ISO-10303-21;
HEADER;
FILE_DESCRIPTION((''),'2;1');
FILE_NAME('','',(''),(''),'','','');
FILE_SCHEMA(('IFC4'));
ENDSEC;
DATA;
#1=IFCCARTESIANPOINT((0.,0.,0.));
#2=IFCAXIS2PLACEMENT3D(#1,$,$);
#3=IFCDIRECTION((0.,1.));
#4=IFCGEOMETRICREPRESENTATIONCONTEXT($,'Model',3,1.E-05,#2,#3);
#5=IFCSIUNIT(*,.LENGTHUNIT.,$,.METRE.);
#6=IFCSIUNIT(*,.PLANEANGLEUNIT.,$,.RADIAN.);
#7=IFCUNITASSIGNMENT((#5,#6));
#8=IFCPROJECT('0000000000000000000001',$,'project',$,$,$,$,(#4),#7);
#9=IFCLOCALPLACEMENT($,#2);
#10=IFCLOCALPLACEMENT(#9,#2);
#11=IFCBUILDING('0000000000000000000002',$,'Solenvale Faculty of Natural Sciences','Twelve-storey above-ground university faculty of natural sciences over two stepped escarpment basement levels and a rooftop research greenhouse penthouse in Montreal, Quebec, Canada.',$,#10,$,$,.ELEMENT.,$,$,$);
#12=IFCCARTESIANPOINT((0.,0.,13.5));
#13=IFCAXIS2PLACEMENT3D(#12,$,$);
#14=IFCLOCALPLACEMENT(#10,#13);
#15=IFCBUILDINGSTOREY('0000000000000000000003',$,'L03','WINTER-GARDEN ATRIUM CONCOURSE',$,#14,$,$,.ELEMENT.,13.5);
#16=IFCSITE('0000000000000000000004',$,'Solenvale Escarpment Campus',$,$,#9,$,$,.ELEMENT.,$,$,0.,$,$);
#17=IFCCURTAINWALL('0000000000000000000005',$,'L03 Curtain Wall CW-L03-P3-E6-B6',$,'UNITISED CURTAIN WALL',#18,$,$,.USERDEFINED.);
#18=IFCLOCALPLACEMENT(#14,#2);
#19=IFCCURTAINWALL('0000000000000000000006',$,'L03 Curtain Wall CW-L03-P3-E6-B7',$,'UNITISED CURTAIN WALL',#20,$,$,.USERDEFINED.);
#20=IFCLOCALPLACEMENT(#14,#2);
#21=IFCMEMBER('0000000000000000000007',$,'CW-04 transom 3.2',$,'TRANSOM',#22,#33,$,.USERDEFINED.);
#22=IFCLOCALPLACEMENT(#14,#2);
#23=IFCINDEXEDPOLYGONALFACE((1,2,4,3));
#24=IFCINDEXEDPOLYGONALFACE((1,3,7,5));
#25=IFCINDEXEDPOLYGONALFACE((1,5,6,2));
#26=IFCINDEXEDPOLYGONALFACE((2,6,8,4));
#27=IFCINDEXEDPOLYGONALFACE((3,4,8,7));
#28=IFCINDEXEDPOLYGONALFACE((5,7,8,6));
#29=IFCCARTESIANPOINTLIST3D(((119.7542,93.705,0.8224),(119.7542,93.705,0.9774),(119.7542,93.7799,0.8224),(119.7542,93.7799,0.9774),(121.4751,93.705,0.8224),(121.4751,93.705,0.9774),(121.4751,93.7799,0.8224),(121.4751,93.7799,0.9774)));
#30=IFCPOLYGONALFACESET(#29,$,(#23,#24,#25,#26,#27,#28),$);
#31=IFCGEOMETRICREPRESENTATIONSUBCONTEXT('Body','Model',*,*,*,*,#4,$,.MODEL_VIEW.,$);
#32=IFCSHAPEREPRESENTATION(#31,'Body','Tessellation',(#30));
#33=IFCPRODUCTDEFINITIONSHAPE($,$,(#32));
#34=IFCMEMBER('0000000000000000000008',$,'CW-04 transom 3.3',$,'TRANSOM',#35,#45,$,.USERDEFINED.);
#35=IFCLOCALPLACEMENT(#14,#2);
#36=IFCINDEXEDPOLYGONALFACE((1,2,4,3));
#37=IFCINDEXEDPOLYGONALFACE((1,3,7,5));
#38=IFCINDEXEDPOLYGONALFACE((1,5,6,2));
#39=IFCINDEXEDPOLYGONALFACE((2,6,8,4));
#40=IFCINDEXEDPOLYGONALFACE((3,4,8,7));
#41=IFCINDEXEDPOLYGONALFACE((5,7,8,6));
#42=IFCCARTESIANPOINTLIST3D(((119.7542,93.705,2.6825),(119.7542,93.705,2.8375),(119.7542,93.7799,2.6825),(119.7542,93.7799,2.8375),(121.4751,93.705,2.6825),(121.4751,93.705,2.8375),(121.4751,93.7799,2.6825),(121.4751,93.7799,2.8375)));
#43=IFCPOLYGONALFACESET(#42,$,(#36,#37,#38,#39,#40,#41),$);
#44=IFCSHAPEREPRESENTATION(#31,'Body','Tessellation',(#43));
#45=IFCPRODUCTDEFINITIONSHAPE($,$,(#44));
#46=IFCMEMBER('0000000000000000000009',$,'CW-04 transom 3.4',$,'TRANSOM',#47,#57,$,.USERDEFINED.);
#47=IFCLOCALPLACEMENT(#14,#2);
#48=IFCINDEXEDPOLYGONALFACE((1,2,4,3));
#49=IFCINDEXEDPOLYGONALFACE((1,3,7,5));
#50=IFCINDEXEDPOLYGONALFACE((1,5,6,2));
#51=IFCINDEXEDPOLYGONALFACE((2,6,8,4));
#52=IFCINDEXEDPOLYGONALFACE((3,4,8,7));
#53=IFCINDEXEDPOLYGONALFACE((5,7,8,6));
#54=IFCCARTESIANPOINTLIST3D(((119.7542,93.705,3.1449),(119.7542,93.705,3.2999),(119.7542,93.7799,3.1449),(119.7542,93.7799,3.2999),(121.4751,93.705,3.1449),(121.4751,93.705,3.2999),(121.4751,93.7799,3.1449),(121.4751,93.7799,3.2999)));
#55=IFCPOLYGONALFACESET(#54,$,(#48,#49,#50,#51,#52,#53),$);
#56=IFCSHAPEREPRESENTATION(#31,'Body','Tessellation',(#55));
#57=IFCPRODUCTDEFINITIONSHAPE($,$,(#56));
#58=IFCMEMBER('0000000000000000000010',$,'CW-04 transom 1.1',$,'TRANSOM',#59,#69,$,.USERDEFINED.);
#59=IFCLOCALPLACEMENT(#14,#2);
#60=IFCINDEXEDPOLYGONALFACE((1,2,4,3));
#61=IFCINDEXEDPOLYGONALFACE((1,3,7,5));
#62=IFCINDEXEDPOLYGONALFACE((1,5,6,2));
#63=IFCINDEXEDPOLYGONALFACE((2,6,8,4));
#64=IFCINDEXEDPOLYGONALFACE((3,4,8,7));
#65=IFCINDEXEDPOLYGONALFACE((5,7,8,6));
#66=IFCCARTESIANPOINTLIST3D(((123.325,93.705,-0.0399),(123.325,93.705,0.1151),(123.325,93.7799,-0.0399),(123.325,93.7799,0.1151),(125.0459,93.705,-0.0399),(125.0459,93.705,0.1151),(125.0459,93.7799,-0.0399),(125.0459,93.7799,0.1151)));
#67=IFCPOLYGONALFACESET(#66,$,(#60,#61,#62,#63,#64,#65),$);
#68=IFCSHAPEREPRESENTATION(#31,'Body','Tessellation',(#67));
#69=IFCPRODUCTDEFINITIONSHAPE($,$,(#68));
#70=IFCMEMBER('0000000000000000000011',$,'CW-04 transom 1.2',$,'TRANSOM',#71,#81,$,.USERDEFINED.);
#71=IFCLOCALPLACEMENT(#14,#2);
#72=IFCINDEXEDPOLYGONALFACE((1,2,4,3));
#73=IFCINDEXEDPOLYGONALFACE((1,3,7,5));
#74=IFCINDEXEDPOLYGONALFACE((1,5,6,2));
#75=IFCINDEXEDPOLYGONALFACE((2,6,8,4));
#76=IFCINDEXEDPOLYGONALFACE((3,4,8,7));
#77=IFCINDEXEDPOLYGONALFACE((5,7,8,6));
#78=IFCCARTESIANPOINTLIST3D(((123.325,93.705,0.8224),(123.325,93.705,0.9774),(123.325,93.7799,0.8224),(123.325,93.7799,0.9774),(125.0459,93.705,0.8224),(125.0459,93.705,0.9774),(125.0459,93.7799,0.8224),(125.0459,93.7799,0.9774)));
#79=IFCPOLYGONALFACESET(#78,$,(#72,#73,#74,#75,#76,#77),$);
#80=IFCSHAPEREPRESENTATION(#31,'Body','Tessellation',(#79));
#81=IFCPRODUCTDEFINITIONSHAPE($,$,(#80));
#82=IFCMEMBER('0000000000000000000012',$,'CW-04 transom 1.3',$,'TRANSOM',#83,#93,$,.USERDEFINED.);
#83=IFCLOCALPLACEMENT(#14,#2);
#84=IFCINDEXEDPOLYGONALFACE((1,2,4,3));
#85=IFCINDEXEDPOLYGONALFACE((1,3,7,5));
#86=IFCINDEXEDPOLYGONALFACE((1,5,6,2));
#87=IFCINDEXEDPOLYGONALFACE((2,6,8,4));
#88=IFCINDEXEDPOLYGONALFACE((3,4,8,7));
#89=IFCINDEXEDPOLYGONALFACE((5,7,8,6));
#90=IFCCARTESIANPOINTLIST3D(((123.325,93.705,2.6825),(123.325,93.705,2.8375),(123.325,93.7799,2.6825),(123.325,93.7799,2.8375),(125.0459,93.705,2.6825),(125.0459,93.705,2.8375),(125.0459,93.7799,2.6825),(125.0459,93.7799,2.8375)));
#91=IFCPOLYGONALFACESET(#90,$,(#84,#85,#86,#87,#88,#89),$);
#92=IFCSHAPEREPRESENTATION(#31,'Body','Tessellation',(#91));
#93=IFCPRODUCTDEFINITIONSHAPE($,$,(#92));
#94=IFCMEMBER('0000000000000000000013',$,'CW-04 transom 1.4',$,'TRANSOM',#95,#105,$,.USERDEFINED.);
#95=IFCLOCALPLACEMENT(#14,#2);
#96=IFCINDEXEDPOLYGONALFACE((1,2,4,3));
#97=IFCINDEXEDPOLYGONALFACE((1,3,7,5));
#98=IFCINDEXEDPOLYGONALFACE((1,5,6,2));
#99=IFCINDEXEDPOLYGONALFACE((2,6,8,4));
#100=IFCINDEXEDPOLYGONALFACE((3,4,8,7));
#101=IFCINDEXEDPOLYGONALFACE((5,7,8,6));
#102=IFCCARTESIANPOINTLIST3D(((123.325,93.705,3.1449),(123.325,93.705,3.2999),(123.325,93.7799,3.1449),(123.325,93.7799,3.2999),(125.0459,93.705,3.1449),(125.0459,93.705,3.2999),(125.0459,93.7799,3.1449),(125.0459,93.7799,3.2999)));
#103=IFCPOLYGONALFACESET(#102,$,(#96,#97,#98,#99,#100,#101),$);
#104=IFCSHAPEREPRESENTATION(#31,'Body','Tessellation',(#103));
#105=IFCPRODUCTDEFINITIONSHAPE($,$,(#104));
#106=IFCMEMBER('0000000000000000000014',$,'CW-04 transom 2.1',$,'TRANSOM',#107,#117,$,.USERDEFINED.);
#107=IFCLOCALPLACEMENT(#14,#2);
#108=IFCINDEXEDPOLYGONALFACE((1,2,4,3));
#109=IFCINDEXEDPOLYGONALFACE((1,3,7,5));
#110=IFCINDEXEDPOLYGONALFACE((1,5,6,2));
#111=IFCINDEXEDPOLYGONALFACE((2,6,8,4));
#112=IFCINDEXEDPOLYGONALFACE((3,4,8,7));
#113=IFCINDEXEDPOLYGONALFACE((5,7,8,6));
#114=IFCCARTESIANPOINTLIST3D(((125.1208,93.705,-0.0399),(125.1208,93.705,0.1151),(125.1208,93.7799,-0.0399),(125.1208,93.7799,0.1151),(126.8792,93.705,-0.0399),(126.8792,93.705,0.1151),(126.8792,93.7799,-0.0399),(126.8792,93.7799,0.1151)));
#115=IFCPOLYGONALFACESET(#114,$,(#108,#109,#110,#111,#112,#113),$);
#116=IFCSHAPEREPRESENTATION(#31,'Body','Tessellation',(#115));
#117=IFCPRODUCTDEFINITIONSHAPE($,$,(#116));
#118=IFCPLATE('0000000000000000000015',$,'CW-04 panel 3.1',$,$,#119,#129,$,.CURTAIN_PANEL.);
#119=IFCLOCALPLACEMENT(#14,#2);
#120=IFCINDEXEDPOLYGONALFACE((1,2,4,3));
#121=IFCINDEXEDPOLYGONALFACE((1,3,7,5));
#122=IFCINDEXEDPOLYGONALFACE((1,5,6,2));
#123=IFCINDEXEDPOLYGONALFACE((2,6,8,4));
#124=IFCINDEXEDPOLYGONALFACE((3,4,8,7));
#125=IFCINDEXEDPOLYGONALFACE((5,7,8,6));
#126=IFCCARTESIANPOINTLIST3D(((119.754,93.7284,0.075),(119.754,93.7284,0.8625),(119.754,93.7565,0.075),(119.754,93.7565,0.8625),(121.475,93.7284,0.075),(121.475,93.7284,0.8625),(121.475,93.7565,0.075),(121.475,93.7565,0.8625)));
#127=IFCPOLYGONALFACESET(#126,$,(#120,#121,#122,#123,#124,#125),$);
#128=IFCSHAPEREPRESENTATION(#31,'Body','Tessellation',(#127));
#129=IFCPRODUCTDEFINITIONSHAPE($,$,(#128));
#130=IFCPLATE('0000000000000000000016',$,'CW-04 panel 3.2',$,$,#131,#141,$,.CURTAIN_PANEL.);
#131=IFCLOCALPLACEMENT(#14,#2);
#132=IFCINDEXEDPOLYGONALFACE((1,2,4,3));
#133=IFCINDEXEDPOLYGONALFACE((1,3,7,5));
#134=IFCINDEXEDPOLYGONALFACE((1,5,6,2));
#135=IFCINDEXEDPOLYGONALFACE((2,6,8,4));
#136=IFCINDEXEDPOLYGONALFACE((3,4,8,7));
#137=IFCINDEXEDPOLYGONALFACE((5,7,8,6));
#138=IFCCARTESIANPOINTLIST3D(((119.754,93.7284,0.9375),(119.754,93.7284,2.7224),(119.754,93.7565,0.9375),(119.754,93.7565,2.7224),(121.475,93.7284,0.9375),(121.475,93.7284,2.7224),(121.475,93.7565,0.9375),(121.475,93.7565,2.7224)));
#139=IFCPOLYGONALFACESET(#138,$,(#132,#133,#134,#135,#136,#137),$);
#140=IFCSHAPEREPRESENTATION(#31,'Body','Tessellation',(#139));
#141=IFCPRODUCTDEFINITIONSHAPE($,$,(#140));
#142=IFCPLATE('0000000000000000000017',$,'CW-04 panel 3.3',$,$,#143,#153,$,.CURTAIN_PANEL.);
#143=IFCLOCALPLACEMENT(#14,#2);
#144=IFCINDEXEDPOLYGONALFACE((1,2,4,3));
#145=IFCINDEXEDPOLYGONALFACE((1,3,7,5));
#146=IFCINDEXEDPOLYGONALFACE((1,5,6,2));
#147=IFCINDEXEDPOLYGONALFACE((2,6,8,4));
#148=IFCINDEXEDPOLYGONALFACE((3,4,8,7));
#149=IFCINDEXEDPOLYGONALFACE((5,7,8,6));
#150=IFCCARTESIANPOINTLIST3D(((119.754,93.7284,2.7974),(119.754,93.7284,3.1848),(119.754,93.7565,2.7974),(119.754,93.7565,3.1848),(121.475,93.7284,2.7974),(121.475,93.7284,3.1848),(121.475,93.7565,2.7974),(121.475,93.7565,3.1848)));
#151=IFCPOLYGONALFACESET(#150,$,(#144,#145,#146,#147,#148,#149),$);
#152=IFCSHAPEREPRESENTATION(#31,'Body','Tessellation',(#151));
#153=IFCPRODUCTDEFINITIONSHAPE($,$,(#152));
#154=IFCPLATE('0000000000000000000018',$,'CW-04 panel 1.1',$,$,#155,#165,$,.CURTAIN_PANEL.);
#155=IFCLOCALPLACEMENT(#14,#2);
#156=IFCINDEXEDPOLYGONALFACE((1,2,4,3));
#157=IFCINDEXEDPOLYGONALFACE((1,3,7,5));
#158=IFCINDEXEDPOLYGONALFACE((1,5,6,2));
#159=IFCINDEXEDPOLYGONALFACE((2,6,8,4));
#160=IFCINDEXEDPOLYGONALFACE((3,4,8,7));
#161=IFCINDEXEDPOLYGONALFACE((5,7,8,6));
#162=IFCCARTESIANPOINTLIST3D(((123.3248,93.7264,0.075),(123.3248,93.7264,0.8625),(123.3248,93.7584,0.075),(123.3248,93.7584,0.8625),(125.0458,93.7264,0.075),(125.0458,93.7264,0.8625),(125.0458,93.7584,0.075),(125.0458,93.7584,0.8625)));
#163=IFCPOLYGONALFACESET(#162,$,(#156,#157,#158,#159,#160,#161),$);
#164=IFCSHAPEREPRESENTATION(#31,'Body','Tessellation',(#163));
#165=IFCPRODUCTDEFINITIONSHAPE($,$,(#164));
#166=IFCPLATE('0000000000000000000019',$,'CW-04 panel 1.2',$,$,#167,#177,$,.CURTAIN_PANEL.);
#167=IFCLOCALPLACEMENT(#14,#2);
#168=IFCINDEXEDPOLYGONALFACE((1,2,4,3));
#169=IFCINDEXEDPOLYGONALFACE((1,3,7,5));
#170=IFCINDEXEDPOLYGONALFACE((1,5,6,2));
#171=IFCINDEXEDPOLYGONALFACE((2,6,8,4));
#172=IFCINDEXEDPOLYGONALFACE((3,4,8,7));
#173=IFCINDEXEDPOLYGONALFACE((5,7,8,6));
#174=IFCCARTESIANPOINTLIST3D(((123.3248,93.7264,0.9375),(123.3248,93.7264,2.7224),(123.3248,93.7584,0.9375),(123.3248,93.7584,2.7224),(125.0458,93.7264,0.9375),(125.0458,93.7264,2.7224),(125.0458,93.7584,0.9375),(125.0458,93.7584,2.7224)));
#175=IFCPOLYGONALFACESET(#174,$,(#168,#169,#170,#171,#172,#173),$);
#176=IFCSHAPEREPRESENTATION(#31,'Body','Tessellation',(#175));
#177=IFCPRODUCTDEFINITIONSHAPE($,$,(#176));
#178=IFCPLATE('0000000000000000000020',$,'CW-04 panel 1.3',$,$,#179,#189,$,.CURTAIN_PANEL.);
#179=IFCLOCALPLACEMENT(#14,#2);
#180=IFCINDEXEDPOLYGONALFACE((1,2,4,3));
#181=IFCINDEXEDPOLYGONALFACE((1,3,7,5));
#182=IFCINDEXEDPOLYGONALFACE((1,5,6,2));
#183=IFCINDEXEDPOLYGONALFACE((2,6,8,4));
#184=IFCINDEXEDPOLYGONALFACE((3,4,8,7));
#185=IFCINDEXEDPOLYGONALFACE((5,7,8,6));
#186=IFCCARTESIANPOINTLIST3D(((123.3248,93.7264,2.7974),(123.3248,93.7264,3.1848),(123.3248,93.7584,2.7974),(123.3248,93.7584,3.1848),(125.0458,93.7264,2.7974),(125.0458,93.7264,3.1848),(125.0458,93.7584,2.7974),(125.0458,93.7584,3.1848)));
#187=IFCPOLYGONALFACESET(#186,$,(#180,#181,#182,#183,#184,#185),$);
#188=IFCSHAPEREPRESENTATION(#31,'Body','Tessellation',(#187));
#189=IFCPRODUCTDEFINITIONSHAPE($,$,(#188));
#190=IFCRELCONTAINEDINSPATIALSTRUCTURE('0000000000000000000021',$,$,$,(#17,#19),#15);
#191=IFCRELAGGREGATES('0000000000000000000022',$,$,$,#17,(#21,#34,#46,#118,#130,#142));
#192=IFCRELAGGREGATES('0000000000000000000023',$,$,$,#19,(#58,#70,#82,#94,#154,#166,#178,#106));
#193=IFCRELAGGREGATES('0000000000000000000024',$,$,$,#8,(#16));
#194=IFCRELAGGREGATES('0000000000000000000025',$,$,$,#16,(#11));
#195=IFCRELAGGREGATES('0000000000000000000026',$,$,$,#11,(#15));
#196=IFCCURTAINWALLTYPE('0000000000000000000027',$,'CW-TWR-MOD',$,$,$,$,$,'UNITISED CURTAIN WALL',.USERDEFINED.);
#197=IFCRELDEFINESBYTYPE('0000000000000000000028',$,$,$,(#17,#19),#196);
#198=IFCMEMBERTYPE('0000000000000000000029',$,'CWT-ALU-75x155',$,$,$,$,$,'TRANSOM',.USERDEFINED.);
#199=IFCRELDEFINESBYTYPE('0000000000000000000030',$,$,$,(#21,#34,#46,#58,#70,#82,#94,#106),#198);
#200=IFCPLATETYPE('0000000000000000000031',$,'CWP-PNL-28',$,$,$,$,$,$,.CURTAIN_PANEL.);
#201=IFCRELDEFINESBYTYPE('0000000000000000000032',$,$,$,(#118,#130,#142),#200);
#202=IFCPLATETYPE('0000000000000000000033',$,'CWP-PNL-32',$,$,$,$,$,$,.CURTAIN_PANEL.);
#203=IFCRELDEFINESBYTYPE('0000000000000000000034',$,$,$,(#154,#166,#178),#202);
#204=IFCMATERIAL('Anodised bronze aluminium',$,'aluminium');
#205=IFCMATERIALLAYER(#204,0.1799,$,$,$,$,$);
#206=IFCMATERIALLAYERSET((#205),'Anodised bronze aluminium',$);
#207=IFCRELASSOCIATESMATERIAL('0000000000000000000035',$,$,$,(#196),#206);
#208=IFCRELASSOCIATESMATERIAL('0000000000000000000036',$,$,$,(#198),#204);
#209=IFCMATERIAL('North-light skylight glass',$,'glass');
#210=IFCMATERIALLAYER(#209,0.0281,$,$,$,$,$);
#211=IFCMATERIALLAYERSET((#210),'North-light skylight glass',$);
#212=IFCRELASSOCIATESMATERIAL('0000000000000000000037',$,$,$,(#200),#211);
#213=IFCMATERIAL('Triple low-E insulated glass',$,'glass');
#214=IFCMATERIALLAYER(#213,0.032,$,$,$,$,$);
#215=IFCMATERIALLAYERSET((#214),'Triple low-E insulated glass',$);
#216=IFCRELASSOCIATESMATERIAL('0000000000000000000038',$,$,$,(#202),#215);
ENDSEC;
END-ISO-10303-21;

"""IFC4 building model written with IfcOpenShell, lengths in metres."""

from ifc_helpers import new_model, si_unit, direction, frame, origin, origin_2d, place, context, subcontext, project, spatial, rectangle, extrude, material, layer, layer_set, material_profile, profile_set, type_object, element, aggregate, save


model = new_model("IFC4")

# Units and contexts
model_context = context("Model", 3, precision=1e-05, world=origin(), true_north=direction((0.0, 1.0)))
body_context = subcontext(model_context, "Body", "Model", "MODEL_VIEW")
ifc_project = project(units=[si_unit("LENGTHUNIT", "METRE"), si_unit("PLANEANGLEUNIT", "RADIAN")], contexts=[model_context])

# Site, building, storey
site_placement = place(None, origin())
site = spatial("IfcSite", under=ifc_project, at=site_placement, Name="Solenvale Escarpment Campus", CompositionType="ELEMENT", RefElevation=0.0)
building_placement = place(site_placement, origin())
building = spatial("IfcBuilding", under=site, at=building_placement, Name="Solenvale Faculty of Natural Sciences", Description="Twelve-storey above-ground university faculty of natural sciences over two stepped escarpment basement levels and a rooftop research greenhouse penthouse in Montreal, Quebec, Canada.", CompositionType="ELEMENT")
storey_placement = place(building_placement, frame((0.0, 0.0, 13.5)))
storey = spatial("IfcBuildingStorey", under=building, at=storey_placement, Name="L03", Description="WINTER-GARDEN ATRIUM CONCOURSE", CompositionType="ELEMENT", Elevation=13.5)

# Curtain wall
ifc_material_1 = material(Name="Anodised bronze aluminium", Category="aluminium")
ifc_layer_1 = layer(ifc_material_1, 0.1799)
ifc_layer_set_1 = layer_set([ifc_layer_1], Name="Anodised bronze aluminium")
curtain_wall_type = type_object("IfcCurtainWallType", Name="CW-TWR-MOD", ElementType="UNITISED CURTAIN WALL", PredefinedType="USERDEFINED", material=ifc_layer_set_1)
curtain_wall_1_placement = place(storey_placement, origin())
curtain_wall_1 = element("IfcCurtainWall", 1, at=curtain_wall_1_placement, inside=storey, type_object=curtain_wall_type, Name="L03 Curtain Wall CW-L03-P3-E6-B6", ObjectType="UNITISED CURTAIN WALL", PredefinedType="USERDEFINED")

# Curtain wall
curtain_wall_2_placement = place(storey_placement, origin())
curtain_wall_2 = element("IfcCurtainWall", 2, at=curtain_wall_2_placement, inside=storey, type_object=curtain_wall_type, Name="L03 Curtain Wall CW-L03-P3-E6-B7", ObjectType="UNITISED CURTAIN WALL", PredefinedType="USERDEFINED")

# Members
ifc_material_profile_1 = material_profile(ifc_material_1, rectangle(XDim=0.075, YDim=0.155, at=origin_2d()), Name="ALU-TRN-75x155")
ifc_profile_set_1 = profile_set([ifc_material_profile_1], Name="Anodised bronze aluminium")
member_type_1 = type_object("IfcMemberType", Name="CWT-ALU-75x155", ElementType="TRANSOM", PredefinedType="USERDEFINED", material=ifc_profile_set_1)
member_1_placement = place(storey_placement, frame((119.7542, 93.7424, 0.8999), z_axis=(1.0, 0.0, 0.0), x_axis=(0.0, 1.0, 0.0)))
member_1 = element("IfcMember", 3, at=member_1_placement, type_object=member_type_1, Name="CW-04 transom 3.2", ObjectType="TRANSOM", PredefinedType="USERDEFINED", context=body_context, shape_type="SweptSolid", body=[
    extrude(rectangle(XDim=0.075, YDim=0.155, at=origin_2d()), origin(), (0.0, 0.0, 1.0), 1.7209),
])
member_2_placement = place(storey_placement, frame((119.7542, 93.7424, 2.76), z_axis=(1.0, 0.0, 0.0), x_axis=(0.0, 1.0, 0.0)))
member_2 = element("IfcMember", 4, at=member_2_placement, type_object=member_type_1, Name="CW-04 transom 3.3", ObjectType="TRANSOM", PredefinedType="USERDEFINED", context=body_context, shape_type="SweptSolid", body=[
    extrude(rectangle(XDim=0.075, YDim=0.155, at=origin_2d()), origin(), (0.0, 0.0, 1.0), 1.7209),
])
member_3_placement = place(storey_placement, frame((119.7542, 93.7424, 3.2224), z_axis=(1.0, 0.0, 0.0), x_axis=(0.0, 1.0, 0.0)))
member_3 = element("IfcMember", 5, at=member_3_placement, type_object=member_type_1, Name="CW-04 transom 3.4", ObjectType="TRANSOM", PredefinedType="USERDEFINED", context=body_context, shape_type="SweptSolid", body=[
    extrude(rectangle(XDim=0.075, YDim=0.155, at=origin_2d()), origin(), (0.0, 0.0, 1.0), 1.7209),
])
member_4_placement = place(storey_placement, frame((123.325, 93.7424, 0.0376), z_axis=(1.0, 0.0, 0.0), x_axis=(0.0, 1.0, 0.0)))
member_4 = element("IfcMember", 6, at=member_4_placement, type_object=member_type_1, Name="CW-04 transom 1.1", ObjectType="TRANSOM", PredefinedType="USERDEFINED", context=body_context, shape_type="SweptSolid", body=[
    extrude(rectangle(XDim=0.075, YDim=0.155, at=origin_2d()), origin(), (0.0, 0.0, 1.0), 1.7209),
])
member_5_placement = place(storey_placement, frame((123.325, 93.7424, 0.8999), z_axis=(1.0, 0.0, 0.0), x_axis=(0.0, 1.0, 0.0)))
member_5 = element("IfcMember", 7, at=member_5_placement, type_object=member_type_1, Name="CW-04 transom 1.2", ObjectType="TRANSOM", PredefinedType="USERDEFINED", context=body_context, shape_type="SweptSolid", body=[
    extrude(rectangle(XDim=0.075, YDim=0.155, at=origin_2d()), origin(), (0.0, 0.0, 1.0), 1.7209),
])
member_6_placement = place(storey_placement, frame((123.325, 93.7424, 2.76), z_axis=(1.0, 0.0, 0.0), x_axis=(0.0, 1.0, 0.0)))
member_6 = element("IfcMember", 8, at=member_6_placement, type_object=member_type_1, Name="CW-04 transom 1.3", ObjectType="TRANSOM", PredefinedType="USERDEFINED", context=body_context, shape_type="SweptSolid", body=[
    extrude(rectangle(XDim=0.075, YDim=0.155, at=origin_2d()), origin(), (0.0, 0.0, 1.0), 1.7209),
])
member_7_placement = place(storey_placement, frame((123.325, 93.7424, 3.2224), z_axis=(1.0, 0.0, 0.0), x_axis=(0.0, 1.0, 0.0)))
member_7 = element("IfcMember", 9, at=member_7_placement, type_object=member_type_1, Name="CW-04 transom 1.4", ObjectType="TRANSOM", PredefinedType="USERDEFINED", context=body_context, shape_type="SweptSolid", body=[
    extrude(rectangle(XDim=0.075, YDim=0.155, at=origin_2d()), origin(), (0.0, 0.0, 1.0), 1.7209),
])
member_8_placement = place(storey_placement, frame((125.1208, 93.7424, 0.0376), z_axis=(1.0, 0.0, 0.0), x_axis=(0.0, 1.0, 0.0)))
member_8 = element("IfcMember", 10, at=member_8_placement, type_object=member_type_1, Name="CW-04 transom 2.1", ObjectType="TRANSOM", PredefinedType="USERDEFINED", context=body_context, shape_type="SweptSolid", body=[
    extrude(rectangle(XDim=0.075, YDim=0.155, at=origin_2d()), origin(), (0.0, 0.0, 1.0), 1.7583),
])

# Plates
ifc_material_2 = material(Name="North-light skylight glass", Category="glass")
ifc_layer_2 = layer(ifc_material_2, 0.0281)
ifc_layer_set_2 = layer_set([ifc_layer_2], Name="North-light skylight glass")
plate_type_1 = type_object("IfcPlateType", Name="CWP-PNL-28", PredefinedType="CURTAIN_PANEL", material=ifc_layer_set_2)
plate_1_placement = place(storey_placement, frame((120.6145, 93.7424, 0.075), z_axis=(0.0, 0.0, 1.0), x_axis=(1.0, 0.0, 0.0)))
plate_1 = element("IfcPlate", 11, at=plate_1_placement, type_object=plate_type_1, Name="CW-04 panel 3.1", PredefinedType="CURTAIN_PANEL", context=body_context, shape_type="SweptSolid", body=[
    extrude(rectangle(XDim=1.7209, YDim=0.0281, at=origin_2d()), origin(), (0.0, 0.0, 1.0), 0.7876),
])
plate_2_placement = place(storey_placement, frame((120.6145, 93.7424, 0.9375), z_axis=(0.0, 0.0, 1.0), x_axis=(1.0, 0.0, 0.0)))
plate_2 = element("IfcPlate", 12, at=plate_2_placement, type_object=plate_type_1, Name="CW-04 panel 3.2", PredefinedType="CURTAIN_PANEL", context=body_context, shape_type="SweptSolid", body=[
    extrude(rectangle(XDim=1.7209, YDim=0.0281, at=origin_2d()), origin(), (0.0, 0.0, 1.0), 1.7849),
])
plate_3_placement = place(storey_placement, frame((120.6145, 93.7424, 2.7974), z_axis=(0.0, 0.0, 1.0), x_axis=(1.0, 0.0, 0.0)))
plate_3 = element("IfcPlate", 13, at=plate_3_placement, type_object=plate_type_1, Name="CW-04 panel 3.3", PredefinedType="CURTAIN_PANEL", context=body_context, shape_type="SweptSolid", body=[
    extrude(rectangle(XDim=1.7209, YDim=0.0281, at=origin_2d()), origin(), (0.0, 0.0, 1.0), 0.3875),
])
aggregate(curtain_wall_1, [member_1, member_2, member_3, plate_1, plate_2, plate_3])
ifc_material_3 = material(Name="Triple low-E insulated glass", Category="glass")
ifc_layer_3 = layer(ifc_material_3, 0.032)
ifc_layer_set_3 = layer_set([ifc_layer_3], Name="Triple low-E insulated glass")
plate_type_2 = type_object("IfcPlateType", Name="CWP-PNL-32", PredefinedType="CURTAIN_PANEL", material=ifc_layer_set_3)
plate_4_placement = place(storey_placement, frame((124.1853, 93.7424, 0.075), z_axis=(0.0, 0.0, 1.0), x_axis=(1.0, 0.0, 0.0)))
plate_4 = element("IfcPlate", 14, at=plate_4_placement, type_object=plate_type_2, Name="CW-04 panel 1.1", PredefinedType="CURTAIN_PANEL", context=body_context, shape_type="SweptSolid", body=[
    extrude(rectangle(XDim=1.7209, YDim=0.032, at=origin_2d()), origin(), (0.0, 0.0, 1.0), 0.7876),
])
plate_5_placement = place(storey_placement, frame((124.1853, 93.7424, 0.9375), z_axis=(0.0, 0.0, 1.0), x_axis=(1.0, 0.0, 0.0)))
plate_5 = element("IfcPlate", 15, at=plate_5_placement, type_object=plate_type_2, Name="CW-04 panel 1.2", PredefinedType="CURTAIN_PANEL", context=body_context, shape_type="SweptSolid", body=[
    extrude(rectangle(XDim=1.7209, YDim=0.032, at=origin_2d()), origin(), (0.0, 0.0, 1.0), 1.7849),
])
plate_6_placement = place(storey_placement, frame((124.1853, 93.7424, 2.7974), z_axis=(0.0, 0.0, 1.0), x_axis=(1.0, 0.0, 0.0)))
plate_6 = element("IfcPlate", 16, at=plate_6_placement, type_object=plate_type_2, Name="CW-04 panel 1.3", PredefinedType="CURTAIN_PANEL", context=body_context, shape_type="SweptSolid", body=[
    extrude(rectangle(XDim=1.7209, YDim=0.032, at=origin_2d()), origin(), (0.0, 0.0, 1.0), 0.3875),
])
aggregate(curtain_wall_2, [member_4, member_5, member_6, member_7, plate_4, plate_5, plate_6, member_8])

save(model, "model.ifc")
